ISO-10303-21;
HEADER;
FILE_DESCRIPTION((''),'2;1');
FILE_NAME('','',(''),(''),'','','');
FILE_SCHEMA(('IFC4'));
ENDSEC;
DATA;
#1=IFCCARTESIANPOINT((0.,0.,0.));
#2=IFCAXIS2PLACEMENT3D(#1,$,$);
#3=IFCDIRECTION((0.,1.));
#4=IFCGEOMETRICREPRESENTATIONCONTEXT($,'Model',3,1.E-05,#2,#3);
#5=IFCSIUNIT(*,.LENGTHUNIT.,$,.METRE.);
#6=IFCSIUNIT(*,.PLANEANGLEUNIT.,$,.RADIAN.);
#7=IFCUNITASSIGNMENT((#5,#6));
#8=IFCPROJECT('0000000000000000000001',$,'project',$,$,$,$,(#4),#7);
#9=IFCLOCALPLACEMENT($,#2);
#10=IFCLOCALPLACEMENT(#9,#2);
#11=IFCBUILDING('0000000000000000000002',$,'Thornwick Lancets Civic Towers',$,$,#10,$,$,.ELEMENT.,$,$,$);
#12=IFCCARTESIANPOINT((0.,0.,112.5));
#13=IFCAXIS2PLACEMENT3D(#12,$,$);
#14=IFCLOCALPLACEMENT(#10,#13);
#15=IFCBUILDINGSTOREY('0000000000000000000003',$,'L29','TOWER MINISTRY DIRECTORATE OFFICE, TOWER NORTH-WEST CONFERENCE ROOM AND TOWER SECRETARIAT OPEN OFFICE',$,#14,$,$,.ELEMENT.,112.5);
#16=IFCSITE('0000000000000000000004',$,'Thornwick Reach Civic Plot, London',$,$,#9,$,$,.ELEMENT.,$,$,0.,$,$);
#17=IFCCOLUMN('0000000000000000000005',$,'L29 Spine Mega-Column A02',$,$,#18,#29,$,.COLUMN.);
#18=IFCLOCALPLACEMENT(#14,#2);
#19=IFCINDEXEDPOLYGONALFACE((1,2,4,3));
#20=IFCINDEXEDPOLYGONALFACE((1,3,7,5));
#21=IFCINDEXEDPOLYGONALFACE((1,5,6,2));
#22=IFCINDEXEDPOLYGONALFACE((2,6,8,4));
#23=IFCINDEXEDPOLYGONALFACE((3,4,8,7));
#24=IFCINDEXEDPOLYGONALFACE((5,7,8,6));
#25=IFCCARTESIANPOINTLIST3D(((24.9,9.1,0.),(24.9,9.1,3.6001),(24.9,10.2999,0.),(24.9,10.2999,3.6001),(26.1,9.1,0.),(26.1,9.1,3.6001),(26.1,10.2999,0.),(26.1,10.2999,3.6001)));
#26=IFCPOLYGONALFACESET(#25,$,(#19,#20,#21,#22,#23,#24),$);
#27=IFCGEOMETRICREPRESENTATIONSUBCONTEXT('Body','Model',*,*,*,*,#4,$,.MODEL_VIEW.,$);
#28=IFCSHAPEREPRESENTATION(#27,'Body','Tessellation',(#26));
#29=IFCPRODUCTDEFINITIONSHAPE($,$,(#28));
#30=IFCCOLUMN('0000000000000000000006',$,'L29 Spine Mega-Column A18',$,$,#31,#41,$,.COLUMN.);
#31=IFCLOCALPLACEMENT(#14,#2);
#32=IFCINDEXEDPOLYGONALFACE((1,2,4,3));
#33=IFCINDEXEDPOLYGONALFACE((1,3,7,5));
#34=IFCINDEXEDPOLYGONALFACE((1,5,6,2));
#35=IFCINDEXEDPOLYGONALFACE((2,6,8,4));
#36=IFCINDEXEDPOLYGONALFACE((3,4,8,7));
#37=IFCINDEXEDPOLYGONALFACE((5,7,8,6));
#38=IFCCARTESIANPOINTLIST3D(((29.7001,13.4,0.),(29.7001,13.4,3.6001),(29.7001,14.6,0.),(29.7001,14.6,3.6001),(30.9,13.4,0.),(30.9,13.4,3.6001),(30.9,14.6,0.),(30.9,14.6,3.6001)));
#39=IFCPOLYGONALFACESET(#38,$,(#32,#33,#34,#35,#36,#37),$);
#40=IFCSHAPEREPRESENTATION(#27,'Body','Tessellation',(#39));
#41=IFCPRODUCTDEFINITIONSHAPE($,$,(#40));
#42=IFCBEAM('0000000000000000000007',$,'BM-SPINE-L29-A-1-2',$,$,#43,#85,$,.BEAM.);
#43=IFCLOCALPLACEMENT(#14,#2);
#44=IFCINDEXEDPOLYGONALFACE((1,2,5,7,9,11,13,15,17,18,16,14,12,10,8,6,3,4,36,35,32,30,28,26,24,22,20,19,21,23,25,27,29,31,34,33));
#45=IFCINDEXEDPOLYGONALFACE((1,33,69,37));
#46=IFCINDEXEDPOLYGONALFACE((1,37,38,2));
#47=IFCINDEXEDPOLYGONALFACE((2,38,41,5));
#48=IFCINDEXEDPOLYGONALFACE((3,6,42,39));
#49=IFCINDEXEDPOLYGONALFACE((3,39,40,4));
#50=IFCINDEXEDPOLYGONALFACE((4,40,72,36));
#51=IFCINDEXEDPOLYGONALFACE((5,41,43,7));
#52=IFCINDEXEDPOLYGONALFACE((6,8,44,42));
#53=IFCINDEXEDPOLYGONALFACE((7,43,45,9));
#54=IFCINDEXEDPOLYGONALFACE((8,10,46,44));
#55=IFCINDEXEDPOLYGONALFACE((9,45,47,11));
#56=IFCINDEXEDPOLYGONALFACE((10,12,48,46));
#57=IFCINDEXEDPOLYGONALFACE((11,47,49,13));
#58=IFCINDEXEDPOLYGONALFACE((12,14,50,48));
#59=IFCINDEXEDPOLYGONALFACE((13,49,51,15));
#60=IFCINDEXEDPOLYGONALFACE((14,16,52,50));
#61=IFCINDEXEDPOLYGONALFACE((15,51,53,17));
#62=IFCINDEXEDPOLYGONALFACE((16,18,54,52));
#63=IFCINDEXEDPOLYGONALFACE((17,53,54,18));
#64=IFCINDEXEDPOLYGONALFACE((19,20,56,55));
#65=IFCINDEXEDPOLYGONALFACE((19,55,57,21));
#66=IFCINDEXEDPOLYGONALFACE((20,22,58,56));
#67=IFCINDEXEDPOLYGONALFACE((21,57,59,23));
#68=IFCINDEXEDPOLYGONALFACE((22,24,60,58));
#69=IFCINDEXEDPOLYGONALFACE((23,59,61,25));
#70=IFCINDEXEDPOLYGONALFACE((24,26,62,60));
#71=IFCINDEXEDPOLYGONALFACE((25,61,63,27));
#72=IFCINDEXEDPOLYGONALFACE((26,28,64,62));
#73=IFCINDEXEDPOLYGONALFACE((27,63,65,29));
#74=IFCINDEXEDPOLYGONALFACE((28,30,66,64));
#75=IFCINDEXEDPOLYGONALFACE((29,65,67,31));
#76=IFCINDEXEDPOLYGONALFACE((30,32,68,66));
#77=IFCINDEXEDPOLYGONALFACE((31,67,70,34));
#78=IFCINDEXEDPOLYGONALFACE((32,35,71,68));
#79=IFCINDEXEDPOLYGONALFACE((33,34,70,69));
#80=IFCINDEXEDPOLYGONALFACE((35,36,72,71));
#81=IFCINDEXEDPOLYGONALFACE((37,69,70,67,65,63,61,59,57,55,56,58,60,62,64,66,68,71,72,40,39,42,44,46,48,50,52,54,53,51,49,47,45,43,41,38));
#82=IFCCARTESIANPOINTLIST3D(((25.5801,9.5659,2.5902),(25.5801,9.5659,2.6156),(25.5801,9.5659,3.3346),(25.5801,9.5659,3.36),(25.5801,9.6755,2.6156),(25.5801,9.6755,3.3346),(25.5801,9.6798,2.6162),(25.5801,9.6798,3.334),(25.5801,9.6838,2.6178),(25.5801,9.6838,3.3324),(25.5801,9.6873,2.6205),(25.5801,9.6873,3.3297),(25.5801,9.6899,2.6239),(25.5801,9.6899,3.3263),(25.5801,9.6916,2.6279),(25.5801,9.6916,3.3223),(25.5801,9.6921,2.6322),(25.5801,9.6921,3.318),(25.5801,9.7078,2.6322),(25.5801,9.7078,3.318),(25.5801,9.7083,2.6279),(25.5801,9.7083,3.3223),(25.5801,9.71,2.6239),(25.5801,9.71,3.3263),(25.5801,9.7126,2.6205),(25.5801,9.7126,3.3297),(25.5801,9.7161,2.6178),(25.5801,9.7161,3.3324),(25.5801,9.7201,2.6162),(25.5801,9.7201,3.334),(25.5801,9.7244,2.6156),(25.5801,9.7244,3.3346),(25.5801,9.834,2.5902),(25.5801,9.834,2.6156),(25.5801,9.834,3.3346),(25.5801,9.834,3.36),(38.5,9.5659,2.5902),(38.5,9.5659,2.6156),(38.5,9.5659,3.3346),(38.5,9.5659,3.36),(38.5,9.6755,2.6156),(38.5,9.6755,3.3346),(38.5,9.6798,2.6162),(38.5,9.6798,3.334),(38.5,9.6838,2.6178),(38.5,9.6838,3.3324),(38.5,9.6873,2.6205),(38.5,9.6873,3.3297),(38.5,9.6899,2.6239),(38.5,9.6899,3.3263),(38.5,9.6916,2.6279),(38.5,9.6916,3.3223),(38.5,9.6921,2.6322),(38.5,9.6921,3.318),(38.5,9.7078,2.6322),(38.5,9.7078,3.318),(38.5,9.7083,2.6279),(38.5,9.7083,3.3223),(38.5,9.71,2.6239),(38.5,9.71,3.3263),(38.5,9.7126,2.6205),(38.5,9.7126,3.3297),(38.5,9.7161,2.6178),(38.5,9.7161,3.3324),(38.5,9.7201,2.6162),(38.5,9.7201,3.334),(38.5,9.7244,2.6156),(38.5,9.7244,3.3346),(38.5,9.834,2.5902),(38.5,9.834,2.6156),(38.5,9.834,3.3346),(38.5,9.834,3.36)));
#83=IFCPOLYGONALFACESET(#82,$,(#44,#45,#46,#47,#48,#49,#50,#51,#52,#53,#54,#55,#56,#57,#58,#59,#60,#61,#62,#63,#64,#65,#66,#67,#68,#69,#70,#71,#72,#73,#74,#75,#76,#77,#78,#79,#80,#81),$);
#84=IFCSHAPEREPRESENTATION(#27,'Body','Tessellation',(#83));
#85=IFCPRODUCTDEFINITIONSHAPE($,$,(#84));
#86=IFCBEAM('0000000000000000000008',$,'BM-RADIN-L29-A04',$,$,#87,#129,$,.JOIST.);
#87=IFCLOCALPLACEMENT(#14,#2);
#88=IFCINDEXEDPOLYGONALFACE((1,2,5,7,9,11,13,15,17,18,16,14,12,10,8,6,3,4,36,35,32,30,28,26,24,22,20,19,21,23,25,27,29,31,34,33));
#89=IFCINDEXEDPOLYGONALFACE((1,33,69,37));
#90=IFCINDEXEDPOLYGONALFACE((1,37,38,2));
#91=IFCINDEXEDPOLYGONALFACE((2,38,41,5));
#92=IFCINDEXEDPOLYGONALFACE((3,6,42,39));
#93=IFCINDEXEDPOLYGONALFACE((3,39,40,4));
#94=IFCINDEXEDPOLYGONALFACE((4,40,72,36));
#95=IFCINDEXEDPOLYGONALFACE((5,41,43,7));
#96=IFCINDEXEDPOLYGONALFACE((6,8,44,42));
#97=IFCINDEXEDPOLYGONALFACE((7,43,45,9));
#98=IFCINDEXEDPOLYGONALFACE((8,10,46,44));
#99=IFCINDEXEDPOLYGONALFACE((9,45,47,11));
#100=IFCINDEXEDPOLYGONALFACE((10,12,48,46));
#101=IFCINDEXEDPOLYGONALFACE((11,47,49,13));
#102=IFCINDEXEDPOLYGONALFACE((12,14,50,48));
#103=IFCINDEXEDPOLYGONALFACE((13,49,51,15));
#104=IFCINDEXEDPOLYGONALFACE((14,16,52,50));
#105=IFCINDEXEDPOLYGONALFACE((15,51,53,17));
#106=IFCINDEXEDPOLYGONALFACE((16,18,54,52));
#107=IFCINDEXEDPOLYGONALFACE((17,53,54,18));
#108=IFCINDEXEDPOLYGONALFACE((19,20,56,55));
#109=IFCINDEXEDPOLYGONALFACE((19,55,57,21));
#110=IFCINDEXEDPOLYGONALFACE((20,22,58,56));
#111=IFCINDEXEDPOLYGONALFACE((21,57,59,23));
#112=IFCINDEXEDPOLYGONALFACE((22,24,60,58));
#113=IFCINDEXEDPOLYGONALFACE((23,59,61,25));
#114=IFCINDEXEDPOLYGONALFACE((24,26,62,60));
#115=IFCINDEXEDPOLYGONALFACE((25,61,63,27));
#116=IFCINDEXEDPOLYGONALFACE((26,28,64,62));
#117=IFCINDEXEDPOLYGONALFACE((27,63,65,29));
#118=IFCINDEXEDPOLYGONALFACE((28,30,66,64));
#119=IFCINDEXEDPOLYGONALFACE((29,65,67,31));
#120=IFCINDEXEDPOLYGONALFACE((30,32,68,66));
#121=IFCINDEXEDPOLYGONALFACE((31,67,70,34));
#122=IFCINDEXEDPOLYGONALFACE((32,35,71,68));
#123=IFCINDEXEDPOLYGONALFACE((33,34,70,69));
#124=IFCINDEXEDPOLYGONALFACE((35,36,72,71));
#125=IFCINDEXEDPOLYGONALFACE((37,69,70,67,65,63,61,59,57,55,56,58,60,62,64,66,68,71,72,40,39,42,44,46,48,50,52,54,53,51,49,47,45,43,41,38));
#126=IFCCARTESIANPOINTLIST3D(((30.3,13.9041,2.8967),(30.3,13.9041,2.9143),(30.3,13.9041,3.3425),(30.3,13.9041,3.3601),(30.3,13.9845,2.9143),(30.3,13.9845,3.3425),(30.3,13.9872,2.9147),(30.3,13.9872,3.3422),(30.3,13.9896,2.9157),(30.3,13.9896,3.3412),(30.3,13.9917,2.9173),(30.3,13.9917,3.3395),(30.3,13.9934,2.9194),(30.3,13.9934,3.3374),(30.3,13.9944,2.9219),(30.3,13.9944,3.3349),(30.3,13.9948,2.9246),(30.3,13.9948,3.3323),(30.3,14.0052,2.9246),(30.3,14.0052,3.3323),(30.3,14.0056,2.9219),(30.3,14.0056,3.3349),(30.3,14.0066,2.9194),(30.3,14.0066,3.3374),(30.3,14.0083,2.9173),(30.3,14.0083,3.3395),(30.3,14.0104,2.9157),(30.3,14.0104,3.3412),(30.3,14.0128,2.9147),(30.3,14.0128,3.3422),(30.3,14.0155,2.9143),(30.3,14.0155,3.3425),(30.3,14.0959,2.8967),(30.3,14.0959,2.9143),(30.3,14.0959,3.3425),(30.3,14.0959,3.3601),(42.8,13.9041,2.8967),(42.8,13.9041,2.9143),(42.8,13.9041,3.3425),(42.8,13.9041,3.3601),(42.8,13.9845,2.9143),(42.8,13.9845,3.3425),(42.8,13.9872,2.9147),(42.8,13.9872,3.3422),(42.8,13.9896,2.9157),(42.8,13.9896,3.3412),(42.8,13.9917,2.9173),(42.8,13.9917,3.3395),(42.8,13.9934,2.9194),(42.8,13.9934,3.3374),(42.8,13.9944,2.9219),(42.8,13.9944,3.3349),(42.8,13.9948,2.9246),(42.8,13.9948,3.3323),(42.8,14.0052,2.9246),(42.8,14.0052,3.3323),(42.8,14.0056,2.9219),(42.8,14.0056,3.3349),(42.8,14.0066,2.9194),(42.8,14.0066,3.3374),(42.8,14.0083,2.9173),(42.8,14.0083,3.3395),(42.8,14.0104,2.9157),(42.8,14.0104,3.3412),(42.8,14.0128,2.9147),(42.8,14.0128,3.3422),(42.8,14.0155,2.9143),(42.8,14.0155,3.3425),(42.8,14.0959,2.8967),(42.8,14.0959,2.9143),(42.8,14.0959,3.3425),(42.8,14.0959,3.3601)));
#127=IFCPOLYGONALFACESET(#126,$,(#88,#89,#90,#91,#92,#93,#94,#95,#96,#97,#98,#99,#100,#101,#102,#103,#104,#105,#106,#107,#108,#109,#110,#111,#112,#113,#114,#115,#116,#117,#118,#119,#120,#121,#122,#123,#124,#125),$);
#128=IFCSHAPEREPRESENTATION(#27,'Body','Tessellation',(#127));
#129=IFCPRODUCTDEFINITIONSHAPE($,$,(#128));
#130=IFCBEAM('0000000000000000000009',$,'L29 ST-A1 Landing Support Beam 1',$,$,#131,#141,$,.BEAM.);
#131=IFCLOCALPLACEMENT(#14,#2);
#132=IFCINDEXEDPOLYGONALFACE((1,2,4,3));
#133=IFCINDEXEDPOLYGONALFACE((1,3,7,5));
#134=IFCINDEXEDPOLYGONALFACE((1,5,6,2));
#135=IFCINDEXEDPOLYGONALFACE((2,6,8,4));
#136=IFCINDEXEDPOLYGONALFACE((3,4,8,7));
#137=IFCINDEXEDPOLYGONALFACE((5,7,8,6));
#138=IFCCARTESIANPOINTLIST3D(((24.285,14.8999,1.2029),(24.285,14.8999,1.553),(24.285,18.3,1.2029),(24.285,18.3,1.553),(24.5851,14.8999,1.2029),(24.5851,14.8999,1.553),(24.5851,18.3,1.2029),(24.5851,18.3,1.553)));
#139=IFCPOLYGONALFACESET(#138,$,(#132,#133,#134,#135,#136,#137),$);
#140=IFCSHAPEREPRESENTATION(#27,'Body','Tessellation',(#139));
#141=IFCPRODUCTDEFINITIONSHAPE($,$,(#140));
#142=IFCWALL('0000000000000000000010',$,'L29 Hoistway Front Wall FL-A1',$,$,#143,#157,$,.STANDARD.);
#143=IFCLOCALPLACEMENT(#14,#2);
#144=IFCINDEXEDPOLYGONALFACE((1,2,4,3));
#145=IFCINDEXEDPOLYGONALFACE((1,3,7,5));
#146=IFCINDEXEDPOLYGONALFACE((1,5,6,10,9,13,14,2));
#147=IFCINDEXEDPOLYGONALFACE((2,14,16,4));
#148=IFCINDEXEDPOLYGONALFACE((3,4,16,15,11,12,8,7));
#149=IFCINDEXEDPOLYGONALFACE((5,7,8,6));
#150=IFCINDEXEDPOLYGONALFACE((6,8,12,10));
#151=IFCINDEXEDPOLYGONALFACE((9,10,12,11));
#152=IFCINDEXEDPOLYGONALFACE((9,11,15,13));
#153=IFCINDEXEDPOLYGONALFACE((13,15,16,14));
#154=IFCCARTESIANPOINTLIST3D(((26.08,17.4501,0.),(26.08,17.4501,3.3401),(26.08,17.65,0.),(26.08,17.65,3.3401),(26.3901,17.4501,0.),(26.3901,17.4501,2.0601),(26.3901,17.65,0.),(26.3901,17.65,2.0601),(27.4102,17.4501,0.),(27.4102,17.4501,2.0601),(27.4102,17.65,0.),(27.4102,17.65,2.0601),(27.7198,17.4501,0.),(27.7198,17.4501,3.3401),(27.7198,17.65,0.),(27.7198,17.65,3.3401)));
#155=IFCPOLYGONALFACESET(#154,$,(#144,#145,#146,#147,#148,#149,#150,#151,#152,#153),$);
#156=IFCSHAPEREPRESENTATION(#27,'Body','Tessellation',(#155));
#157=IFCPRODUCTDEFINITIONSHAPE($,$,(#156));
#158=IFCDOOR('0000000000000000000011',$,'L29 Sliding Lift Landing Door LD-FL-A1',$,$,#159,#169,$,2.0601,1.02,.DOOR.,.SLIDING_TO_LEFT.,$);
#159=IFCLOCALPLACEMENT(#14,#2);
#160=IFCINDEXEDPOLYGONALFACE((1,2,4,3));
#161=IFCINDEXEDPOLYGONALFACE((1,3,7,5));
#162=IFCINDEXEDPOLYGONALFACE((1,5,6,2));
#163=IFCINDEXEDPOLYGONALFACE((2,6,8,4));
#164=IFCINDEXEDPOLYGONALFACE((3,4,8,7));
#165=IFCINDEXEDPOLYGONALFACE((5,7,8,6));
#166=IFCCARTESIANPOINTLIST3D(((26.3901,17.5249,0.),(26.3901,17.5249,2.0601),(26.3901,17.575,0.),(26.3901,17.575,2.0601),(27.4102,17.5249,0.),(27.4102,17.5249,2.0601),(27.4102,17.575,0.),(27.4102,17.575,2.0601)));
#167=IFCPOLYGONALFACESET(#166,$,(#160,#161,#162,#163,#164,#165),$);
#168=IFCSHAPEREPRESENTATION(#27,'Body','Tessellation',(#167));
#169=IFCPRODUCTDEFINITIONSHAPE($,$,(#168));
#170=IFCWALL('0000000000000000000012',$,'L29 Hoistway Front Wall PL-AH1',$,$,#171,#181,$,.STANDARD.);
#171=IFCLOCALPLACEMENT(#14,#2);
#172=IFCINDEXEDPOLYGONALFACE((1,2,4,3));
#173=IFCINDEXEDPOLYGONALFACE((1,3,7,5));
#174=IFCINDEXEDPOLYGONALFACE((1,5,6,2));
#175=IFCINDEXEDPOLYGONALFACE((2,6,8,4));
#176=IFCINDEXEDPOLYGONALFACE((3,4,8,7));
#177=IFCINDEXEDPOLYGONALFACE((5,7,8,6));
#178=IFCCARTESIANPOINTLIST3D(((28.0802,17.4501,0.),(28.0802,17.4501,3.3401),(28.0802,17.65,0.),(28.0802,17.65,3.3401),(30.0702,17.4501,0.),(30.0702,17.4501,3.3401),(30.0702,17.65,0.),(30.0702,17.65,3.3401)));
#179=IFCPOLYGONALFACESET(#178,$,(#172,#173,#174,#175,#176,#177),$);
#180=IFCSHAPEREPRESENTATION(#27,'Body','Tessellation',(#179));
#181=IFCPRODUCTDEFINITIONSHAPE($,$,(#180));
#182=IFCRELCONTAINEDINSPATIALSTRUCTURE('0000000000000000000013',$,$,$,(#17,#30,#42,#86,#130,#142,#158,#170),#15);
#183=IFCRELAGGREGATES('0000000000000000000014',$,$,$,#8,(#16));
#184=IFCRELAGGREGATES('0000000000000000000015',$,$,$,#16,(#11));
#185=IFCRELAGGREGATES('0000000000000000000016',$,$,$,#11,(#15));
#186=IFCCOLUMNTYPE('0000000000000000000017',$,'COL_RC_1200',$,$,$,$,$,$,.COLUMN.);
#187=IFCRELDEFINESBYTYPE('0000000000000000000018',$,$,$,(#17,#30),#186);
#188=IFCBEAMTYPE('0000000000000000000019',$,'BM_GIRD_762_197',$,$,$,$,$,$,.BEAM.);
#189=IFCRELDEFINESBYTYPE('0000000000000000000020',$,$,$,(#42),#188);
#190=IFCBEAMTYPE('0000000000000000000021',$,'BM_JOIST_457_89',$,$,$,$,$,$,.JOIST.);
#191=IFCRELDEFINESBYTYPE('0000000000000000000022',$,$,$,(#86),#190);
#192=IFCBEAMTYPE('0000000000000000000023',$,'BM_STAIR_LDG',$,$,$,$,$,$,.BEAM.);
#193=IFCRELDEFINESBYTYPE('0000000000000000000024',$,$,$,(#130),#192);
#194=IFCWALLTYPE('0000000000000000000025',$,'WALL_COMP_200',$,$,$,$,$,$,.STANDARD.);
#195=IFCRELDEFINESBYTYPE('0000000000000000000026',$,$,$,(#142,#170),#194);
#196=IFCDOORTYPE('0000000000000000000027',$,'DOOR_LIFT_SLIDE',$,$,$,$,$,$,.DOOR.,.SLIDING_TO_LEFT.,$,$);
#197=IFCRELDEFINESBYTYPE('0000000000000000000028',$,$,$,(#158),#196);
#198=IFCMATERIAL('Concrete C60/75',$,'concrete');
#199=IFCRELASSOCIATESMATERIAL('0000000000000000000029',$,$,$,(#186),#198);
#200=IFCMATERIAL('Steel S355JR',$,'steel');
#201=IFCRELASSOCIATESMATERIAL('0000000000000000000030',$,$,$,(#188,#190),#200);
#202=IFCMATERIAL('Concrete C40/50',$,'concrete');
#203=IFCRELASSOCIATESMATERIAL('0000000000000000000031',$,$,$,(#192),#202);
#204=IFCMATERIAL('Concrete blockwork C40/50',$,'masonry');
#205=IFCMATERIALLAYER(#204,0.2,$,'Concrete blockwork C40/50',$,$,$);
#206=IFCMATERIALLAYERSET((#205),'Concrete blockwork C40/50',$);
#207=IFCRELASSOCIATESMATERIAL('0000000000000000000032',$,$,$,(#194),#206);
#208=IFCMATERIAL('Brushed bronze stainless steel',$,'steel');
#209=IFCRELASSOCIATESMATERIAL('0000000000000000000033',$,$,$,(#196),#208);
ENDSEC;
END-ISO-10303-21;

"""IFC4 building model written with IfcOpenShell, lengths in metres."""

from ifc_helpers import new_model, si_unit, direction, frame, frame_2d, origin, origin_2d, place, context, subcontext, project, spatial, rectangle, i_section, extrude, material, layer, layer_set, material_profile, profile_set, type_object, element, fill, save


model = new_model("IFC4")

# Units and contexts
model_context = context("Model", 3, precision=1e-05, world=origin(), true_north=direction((0.0, 1.0)))
body_context = subcontext(model_context, "Body", "Model", "MODEL_VIEW")
ifc_project = project(units=[si_unit("LENGTHUNIT", "METRE"), si_unit("PLANEANGLEUNIT", "RADIAN")], contexts=[model_context])

# Site, building, storey
site_placement = place(None, origin())
site = spatial("IfcSite", under=ifc_project, at=site_placement, Name="Thornwick Reach Civic Plot, London", CompositionType="ELEMENT", RefElevation=0.0)
building_placement = place(site_placement, origin())
building = spatial("IfcBuilding", under=site, at=building_placement, Name="Thornwick Lancets Civic Towers", CompositionType="ELEMENT")
storey_placement = place(building_placement, frame((0.0, 0.0, 112.5)))
storey = spatial("IfcBuildingStorey", under=building, at=storey_placement, Name="L29", Description="TOWER MINISTRY DIRECTORATE OFFICE, TOWER NORTH-WEST CONFERENCE ROOM AND TOWER SECRETARIAT OPEN OFFICE", CompositionType="ELEMENT", Elevation=112.5)

# Columns
ifc_material_1 = material(Name="Concrete C60/75", Category="concrete")
ifc_material_profile_1 = material_profile(ifc_material_1, rectangle(XDim=1.2, YDim=1.2, at=origin_2d()), Name="RC 1200x1200")
ifc_profile_set_1 = profile_set([ifc_material_profile_1], Name="Concrete C60/75")
column_type = type_object("IfcColumnType", Name="COL_RC_1200", PredefinedType="COLUMN", material=ifc_profile_set_1)
for number, where, z_axis, x_axis, name in (
    (1, (25.5, 9.7, 0.0), (0.0, 0.0, 1.0), (1.0, 0.0, 0.0), "L29 Spine Mega-Column A02"),
    (2, (30.3, 14.0, 0.0), (0.0, 0.0, 1.0), (1.0, 0.0, 0.0), "L29 Spine Mega-Column A18"),
):
    element("IfcColumn", number, at=place(storey_placement, frame(where, z_axis=z_axis, x_axis=x_axis)), inside=storey, type_object=column_type, Name=name, PredefinedType="COLUMN", context=body_context, shape_type="SweptSolid", body=[
        extrude(rectangle(XDim=1.2, YDim=1.2, at=origin_2d()), origin(), (0.0, 0.0, 1.0), 3.6001),
    ])

# Beams
ifc_material_2 = material(Name="Steel S355JR", Category="steel")
ifc_material_profile_2 = material_profile(ifc_material_2, i_section(OverallWidth=0.2681, OverallDepth=0.7698, WebThickness=0.0156, FlangeThickness=0.0254, FilletRadius=0.0166, at=origin_2d()), Name="UKB 762x267x197")
ifc_profile_set_2 = profile_set([ifc_material_profile_2], Name="Steel S355JR")
beam_type_1 = type_object("IfcBeamType", Name="BM_GIRD_762_197", PredefinedType="BEAM", material=ifc_profile_set_2)
beam_1_placement = place(storey_placement, frame((25.5801, 9.7, 2.9751), z_axis=(1.0, 0.0, 0.0), x_axis=(0.0, 1.0, 0.0)))
element("IfcBeam", 3, at=beam_1_placement, inside=storey, type_object=beam_type_1, Name="BM-SPINE-L29-A-1-2", PredefinedType="BEAM", context=body_context, shape_type="SweptSolid", body=[
    extrude(i_section(OverallWidth=0.2681, OverallDepth=0.7698, WebThickness=0.0156, FlangeThickness=0.0254, FilletRadius=0.0166, at=origin_2d()), origin(), (0.0, 0.0, 1.0), 12.9199),
])
ifc_material_profile_3 = material_profile(ifc_material_2, i_section(OverallWidth=0.1919, OverallDepth=0.4634, WebThickness=0.0105, FlangeThickness=0.0176, FilletRadius=0.0103, at=origin_2d()), Name="UKB 457x191x89")
ifc_profile_set_3 = profile_set([ifc_material_profile_3], Name="Steel S355JR")
beam_type_2 = type_object("IfcBeamType", Name="BM_JOIST_457_89", PredefinedType="JOIST", material=ifc_profile_set_3)
beam_2_placement = place(storey_placement, frame((30.3, 14.0, 3.1284), z_axis=(1.0, 0.0, 0.0), x_axis=(0.0, 1.0, 0.0)))
element("IfcBeam", 4, at=beam_2_placement, inside=storey, type_object=beam_type_2, Name="BM-RADIN-L29-A04", PredefinedType="JOIST", context=body_context, shape_type="SweptSolid", body=[
    extrude(i_section(OverallWidth=0.1919, OverallDepth=0.4634, WebThickness=0.0105, FlangeThickness=0.0176, FilletRadius=0.0103, at=origin_2d()), origin(), (0.0, 0.0, 1.0), 12.5),
])
ifc_material_3 = material(Name="Concrete C40/50", Category="concrete")
ifc_material_profile_4 = material_profile(ifc_material_3, rectangle(XDim=0.3, YDim=0.3501, at=origin_2d()), Name="RC 300x350")
ifc_profile_set_4 = profile_set([ifc_material_profile_4], Name="Concrete C40/50")
beam_type_3 = type_object("IfcBeamType", Name="BM_STAIR_LDG", PredefinedType="BEAM", material=ifc_profile_set_4)
beam_3_placement = place(storey_placement, frame((24.4351, 14.8999, 1.3779), z_axis=(0.0, 1.0, 0.0), x_axis=(-1.0, 0.0, 0.0)))
element("IfcBeam", 5, at=beam_3_placement, inside=storey, type_object=beam_type_3, Name="L29 ST-A1 Landing Support Beam 1", PredefinedType="BEAM", context=body_context, shape_type="SweptSolid", body=[
    extrude(rectangle(XDim=0.3, YDim=0.3501, at=origin_2d()), origin(), (0.0, 0.0, 1.0), 3.4001),
])

# Wall, opening, door
ifc_material_4 = material(Name="Concrete blockwork C40/50", Category="masonry")
ifc_layer_1 = layer(ifc_material_4, 0.2, Name="Concrete blockwork C40/50")
ifc_layer_set_1 = layer_set([ifc_layer_1], Name="Concrete blockwork C40/50")
wall_type_1 = type_object("IfcWallType", Name="WALL_COMP_200", PredefinedType="STANDARD", material=ifc_layer_set_1)
wall_1_placement = place(storey_placement, frame((26.0801, 17.55, 0.0), z_axis=(0.0, 0.0, 1.0), x_axis=(1.0, 0.0, 0.0)))
wall_1 = element("IfcWall", 6, at=wall_1_placement, inside=storey, type_object=wall_type_1, Name="L29 Hoistway Front Wall FL-A1", PredefinedType="STANDARD", context=body_context, shape_type="SweptSolid", body=[
    extrude(rectangle(XDim=1.6399, YDim=0.2, at=frame_2d((0.8198, 0.0))), origin(), (0.0, 0.0, 1.0), 3.3401),
])
opening_1_placement = place(wall_1_placement, frame((0.3101, 0.0, 0.0)))
opening_1 = element("IfcOpeningElement", 7, at=opening_1_placement, cuts=wall_1, PredefinedType="OPENING", context=body_context, shape_type="SweptSolid", body=[
    extrude(rectangle(XDim=1.02, YDim=2.0601, at=frame_2d((0.51, 1.03))), frame((0.0, 0.1099, 0.0), z_axis=(0.0, -1.0, 0.0), x_axis=(1.0, 0.0, 0.0)), (0.0, 0.0, 1.0), 0.22),
])
ifc_material_5 = material(Name="Brushed bronze stainless steel", Category="steel")
door_type = type_object("IfcDoorType", Name="DOOR_LIFT_SLIDE", OperationType="SLIDING_TO_LEFT", PredefinedType="DOOR", material=ifc_material_5)
door_1_placement = place(opening_1_placement, origin())
door_1 = element("IfcDoor", 8, at=door_1_placement, inside=storey, type_object=door_type, Name="L29 Sliding Lift Landing Door LD-FL-A1", OperationType="SLIDING_TO_LEFT", OverallHeight=2.0601, OverallWidth=1.02, PredefinedType="DOOR", context=body_context, shape_type="SweptSolid", body=[
    extrude(rectangle(XDim=1.02, YDim=2.0601, at=frame_2d((0.51, 1.03))), frame((0.0, 0.0249, 0.0), z_axis=(0.0, -1.0, 0.0), x_axis=(1.0, 0.0, 0.0)), (0.0, 0.0, 1.0), 0.05),
])
fill(opening_1, door_1)

# Wall
wall_2_placement = place(storey_placement, frame((28.0801, 17.55, 0.0), z_axis=(0.0, 0.0, 1.0), x_axis=(1.0, 0.0, 0.0)))
element("IfcWall", 9, at=wall_2_placement, inside=storey, type_object=wall_type_1, Name="L29 Hoistway Front Wall PL-AH1", PredefinedType="STANDARD", context=body_context, shape_type="SweptSolid", body=[
    extrude(rectangle(XDim=1.99, YDim=0.2, at=frame_2d((0.9951, 0.0))), origin(), (0.0, 0.0, 1.0), 3.3401),
])

save(model, "model.ifc")
